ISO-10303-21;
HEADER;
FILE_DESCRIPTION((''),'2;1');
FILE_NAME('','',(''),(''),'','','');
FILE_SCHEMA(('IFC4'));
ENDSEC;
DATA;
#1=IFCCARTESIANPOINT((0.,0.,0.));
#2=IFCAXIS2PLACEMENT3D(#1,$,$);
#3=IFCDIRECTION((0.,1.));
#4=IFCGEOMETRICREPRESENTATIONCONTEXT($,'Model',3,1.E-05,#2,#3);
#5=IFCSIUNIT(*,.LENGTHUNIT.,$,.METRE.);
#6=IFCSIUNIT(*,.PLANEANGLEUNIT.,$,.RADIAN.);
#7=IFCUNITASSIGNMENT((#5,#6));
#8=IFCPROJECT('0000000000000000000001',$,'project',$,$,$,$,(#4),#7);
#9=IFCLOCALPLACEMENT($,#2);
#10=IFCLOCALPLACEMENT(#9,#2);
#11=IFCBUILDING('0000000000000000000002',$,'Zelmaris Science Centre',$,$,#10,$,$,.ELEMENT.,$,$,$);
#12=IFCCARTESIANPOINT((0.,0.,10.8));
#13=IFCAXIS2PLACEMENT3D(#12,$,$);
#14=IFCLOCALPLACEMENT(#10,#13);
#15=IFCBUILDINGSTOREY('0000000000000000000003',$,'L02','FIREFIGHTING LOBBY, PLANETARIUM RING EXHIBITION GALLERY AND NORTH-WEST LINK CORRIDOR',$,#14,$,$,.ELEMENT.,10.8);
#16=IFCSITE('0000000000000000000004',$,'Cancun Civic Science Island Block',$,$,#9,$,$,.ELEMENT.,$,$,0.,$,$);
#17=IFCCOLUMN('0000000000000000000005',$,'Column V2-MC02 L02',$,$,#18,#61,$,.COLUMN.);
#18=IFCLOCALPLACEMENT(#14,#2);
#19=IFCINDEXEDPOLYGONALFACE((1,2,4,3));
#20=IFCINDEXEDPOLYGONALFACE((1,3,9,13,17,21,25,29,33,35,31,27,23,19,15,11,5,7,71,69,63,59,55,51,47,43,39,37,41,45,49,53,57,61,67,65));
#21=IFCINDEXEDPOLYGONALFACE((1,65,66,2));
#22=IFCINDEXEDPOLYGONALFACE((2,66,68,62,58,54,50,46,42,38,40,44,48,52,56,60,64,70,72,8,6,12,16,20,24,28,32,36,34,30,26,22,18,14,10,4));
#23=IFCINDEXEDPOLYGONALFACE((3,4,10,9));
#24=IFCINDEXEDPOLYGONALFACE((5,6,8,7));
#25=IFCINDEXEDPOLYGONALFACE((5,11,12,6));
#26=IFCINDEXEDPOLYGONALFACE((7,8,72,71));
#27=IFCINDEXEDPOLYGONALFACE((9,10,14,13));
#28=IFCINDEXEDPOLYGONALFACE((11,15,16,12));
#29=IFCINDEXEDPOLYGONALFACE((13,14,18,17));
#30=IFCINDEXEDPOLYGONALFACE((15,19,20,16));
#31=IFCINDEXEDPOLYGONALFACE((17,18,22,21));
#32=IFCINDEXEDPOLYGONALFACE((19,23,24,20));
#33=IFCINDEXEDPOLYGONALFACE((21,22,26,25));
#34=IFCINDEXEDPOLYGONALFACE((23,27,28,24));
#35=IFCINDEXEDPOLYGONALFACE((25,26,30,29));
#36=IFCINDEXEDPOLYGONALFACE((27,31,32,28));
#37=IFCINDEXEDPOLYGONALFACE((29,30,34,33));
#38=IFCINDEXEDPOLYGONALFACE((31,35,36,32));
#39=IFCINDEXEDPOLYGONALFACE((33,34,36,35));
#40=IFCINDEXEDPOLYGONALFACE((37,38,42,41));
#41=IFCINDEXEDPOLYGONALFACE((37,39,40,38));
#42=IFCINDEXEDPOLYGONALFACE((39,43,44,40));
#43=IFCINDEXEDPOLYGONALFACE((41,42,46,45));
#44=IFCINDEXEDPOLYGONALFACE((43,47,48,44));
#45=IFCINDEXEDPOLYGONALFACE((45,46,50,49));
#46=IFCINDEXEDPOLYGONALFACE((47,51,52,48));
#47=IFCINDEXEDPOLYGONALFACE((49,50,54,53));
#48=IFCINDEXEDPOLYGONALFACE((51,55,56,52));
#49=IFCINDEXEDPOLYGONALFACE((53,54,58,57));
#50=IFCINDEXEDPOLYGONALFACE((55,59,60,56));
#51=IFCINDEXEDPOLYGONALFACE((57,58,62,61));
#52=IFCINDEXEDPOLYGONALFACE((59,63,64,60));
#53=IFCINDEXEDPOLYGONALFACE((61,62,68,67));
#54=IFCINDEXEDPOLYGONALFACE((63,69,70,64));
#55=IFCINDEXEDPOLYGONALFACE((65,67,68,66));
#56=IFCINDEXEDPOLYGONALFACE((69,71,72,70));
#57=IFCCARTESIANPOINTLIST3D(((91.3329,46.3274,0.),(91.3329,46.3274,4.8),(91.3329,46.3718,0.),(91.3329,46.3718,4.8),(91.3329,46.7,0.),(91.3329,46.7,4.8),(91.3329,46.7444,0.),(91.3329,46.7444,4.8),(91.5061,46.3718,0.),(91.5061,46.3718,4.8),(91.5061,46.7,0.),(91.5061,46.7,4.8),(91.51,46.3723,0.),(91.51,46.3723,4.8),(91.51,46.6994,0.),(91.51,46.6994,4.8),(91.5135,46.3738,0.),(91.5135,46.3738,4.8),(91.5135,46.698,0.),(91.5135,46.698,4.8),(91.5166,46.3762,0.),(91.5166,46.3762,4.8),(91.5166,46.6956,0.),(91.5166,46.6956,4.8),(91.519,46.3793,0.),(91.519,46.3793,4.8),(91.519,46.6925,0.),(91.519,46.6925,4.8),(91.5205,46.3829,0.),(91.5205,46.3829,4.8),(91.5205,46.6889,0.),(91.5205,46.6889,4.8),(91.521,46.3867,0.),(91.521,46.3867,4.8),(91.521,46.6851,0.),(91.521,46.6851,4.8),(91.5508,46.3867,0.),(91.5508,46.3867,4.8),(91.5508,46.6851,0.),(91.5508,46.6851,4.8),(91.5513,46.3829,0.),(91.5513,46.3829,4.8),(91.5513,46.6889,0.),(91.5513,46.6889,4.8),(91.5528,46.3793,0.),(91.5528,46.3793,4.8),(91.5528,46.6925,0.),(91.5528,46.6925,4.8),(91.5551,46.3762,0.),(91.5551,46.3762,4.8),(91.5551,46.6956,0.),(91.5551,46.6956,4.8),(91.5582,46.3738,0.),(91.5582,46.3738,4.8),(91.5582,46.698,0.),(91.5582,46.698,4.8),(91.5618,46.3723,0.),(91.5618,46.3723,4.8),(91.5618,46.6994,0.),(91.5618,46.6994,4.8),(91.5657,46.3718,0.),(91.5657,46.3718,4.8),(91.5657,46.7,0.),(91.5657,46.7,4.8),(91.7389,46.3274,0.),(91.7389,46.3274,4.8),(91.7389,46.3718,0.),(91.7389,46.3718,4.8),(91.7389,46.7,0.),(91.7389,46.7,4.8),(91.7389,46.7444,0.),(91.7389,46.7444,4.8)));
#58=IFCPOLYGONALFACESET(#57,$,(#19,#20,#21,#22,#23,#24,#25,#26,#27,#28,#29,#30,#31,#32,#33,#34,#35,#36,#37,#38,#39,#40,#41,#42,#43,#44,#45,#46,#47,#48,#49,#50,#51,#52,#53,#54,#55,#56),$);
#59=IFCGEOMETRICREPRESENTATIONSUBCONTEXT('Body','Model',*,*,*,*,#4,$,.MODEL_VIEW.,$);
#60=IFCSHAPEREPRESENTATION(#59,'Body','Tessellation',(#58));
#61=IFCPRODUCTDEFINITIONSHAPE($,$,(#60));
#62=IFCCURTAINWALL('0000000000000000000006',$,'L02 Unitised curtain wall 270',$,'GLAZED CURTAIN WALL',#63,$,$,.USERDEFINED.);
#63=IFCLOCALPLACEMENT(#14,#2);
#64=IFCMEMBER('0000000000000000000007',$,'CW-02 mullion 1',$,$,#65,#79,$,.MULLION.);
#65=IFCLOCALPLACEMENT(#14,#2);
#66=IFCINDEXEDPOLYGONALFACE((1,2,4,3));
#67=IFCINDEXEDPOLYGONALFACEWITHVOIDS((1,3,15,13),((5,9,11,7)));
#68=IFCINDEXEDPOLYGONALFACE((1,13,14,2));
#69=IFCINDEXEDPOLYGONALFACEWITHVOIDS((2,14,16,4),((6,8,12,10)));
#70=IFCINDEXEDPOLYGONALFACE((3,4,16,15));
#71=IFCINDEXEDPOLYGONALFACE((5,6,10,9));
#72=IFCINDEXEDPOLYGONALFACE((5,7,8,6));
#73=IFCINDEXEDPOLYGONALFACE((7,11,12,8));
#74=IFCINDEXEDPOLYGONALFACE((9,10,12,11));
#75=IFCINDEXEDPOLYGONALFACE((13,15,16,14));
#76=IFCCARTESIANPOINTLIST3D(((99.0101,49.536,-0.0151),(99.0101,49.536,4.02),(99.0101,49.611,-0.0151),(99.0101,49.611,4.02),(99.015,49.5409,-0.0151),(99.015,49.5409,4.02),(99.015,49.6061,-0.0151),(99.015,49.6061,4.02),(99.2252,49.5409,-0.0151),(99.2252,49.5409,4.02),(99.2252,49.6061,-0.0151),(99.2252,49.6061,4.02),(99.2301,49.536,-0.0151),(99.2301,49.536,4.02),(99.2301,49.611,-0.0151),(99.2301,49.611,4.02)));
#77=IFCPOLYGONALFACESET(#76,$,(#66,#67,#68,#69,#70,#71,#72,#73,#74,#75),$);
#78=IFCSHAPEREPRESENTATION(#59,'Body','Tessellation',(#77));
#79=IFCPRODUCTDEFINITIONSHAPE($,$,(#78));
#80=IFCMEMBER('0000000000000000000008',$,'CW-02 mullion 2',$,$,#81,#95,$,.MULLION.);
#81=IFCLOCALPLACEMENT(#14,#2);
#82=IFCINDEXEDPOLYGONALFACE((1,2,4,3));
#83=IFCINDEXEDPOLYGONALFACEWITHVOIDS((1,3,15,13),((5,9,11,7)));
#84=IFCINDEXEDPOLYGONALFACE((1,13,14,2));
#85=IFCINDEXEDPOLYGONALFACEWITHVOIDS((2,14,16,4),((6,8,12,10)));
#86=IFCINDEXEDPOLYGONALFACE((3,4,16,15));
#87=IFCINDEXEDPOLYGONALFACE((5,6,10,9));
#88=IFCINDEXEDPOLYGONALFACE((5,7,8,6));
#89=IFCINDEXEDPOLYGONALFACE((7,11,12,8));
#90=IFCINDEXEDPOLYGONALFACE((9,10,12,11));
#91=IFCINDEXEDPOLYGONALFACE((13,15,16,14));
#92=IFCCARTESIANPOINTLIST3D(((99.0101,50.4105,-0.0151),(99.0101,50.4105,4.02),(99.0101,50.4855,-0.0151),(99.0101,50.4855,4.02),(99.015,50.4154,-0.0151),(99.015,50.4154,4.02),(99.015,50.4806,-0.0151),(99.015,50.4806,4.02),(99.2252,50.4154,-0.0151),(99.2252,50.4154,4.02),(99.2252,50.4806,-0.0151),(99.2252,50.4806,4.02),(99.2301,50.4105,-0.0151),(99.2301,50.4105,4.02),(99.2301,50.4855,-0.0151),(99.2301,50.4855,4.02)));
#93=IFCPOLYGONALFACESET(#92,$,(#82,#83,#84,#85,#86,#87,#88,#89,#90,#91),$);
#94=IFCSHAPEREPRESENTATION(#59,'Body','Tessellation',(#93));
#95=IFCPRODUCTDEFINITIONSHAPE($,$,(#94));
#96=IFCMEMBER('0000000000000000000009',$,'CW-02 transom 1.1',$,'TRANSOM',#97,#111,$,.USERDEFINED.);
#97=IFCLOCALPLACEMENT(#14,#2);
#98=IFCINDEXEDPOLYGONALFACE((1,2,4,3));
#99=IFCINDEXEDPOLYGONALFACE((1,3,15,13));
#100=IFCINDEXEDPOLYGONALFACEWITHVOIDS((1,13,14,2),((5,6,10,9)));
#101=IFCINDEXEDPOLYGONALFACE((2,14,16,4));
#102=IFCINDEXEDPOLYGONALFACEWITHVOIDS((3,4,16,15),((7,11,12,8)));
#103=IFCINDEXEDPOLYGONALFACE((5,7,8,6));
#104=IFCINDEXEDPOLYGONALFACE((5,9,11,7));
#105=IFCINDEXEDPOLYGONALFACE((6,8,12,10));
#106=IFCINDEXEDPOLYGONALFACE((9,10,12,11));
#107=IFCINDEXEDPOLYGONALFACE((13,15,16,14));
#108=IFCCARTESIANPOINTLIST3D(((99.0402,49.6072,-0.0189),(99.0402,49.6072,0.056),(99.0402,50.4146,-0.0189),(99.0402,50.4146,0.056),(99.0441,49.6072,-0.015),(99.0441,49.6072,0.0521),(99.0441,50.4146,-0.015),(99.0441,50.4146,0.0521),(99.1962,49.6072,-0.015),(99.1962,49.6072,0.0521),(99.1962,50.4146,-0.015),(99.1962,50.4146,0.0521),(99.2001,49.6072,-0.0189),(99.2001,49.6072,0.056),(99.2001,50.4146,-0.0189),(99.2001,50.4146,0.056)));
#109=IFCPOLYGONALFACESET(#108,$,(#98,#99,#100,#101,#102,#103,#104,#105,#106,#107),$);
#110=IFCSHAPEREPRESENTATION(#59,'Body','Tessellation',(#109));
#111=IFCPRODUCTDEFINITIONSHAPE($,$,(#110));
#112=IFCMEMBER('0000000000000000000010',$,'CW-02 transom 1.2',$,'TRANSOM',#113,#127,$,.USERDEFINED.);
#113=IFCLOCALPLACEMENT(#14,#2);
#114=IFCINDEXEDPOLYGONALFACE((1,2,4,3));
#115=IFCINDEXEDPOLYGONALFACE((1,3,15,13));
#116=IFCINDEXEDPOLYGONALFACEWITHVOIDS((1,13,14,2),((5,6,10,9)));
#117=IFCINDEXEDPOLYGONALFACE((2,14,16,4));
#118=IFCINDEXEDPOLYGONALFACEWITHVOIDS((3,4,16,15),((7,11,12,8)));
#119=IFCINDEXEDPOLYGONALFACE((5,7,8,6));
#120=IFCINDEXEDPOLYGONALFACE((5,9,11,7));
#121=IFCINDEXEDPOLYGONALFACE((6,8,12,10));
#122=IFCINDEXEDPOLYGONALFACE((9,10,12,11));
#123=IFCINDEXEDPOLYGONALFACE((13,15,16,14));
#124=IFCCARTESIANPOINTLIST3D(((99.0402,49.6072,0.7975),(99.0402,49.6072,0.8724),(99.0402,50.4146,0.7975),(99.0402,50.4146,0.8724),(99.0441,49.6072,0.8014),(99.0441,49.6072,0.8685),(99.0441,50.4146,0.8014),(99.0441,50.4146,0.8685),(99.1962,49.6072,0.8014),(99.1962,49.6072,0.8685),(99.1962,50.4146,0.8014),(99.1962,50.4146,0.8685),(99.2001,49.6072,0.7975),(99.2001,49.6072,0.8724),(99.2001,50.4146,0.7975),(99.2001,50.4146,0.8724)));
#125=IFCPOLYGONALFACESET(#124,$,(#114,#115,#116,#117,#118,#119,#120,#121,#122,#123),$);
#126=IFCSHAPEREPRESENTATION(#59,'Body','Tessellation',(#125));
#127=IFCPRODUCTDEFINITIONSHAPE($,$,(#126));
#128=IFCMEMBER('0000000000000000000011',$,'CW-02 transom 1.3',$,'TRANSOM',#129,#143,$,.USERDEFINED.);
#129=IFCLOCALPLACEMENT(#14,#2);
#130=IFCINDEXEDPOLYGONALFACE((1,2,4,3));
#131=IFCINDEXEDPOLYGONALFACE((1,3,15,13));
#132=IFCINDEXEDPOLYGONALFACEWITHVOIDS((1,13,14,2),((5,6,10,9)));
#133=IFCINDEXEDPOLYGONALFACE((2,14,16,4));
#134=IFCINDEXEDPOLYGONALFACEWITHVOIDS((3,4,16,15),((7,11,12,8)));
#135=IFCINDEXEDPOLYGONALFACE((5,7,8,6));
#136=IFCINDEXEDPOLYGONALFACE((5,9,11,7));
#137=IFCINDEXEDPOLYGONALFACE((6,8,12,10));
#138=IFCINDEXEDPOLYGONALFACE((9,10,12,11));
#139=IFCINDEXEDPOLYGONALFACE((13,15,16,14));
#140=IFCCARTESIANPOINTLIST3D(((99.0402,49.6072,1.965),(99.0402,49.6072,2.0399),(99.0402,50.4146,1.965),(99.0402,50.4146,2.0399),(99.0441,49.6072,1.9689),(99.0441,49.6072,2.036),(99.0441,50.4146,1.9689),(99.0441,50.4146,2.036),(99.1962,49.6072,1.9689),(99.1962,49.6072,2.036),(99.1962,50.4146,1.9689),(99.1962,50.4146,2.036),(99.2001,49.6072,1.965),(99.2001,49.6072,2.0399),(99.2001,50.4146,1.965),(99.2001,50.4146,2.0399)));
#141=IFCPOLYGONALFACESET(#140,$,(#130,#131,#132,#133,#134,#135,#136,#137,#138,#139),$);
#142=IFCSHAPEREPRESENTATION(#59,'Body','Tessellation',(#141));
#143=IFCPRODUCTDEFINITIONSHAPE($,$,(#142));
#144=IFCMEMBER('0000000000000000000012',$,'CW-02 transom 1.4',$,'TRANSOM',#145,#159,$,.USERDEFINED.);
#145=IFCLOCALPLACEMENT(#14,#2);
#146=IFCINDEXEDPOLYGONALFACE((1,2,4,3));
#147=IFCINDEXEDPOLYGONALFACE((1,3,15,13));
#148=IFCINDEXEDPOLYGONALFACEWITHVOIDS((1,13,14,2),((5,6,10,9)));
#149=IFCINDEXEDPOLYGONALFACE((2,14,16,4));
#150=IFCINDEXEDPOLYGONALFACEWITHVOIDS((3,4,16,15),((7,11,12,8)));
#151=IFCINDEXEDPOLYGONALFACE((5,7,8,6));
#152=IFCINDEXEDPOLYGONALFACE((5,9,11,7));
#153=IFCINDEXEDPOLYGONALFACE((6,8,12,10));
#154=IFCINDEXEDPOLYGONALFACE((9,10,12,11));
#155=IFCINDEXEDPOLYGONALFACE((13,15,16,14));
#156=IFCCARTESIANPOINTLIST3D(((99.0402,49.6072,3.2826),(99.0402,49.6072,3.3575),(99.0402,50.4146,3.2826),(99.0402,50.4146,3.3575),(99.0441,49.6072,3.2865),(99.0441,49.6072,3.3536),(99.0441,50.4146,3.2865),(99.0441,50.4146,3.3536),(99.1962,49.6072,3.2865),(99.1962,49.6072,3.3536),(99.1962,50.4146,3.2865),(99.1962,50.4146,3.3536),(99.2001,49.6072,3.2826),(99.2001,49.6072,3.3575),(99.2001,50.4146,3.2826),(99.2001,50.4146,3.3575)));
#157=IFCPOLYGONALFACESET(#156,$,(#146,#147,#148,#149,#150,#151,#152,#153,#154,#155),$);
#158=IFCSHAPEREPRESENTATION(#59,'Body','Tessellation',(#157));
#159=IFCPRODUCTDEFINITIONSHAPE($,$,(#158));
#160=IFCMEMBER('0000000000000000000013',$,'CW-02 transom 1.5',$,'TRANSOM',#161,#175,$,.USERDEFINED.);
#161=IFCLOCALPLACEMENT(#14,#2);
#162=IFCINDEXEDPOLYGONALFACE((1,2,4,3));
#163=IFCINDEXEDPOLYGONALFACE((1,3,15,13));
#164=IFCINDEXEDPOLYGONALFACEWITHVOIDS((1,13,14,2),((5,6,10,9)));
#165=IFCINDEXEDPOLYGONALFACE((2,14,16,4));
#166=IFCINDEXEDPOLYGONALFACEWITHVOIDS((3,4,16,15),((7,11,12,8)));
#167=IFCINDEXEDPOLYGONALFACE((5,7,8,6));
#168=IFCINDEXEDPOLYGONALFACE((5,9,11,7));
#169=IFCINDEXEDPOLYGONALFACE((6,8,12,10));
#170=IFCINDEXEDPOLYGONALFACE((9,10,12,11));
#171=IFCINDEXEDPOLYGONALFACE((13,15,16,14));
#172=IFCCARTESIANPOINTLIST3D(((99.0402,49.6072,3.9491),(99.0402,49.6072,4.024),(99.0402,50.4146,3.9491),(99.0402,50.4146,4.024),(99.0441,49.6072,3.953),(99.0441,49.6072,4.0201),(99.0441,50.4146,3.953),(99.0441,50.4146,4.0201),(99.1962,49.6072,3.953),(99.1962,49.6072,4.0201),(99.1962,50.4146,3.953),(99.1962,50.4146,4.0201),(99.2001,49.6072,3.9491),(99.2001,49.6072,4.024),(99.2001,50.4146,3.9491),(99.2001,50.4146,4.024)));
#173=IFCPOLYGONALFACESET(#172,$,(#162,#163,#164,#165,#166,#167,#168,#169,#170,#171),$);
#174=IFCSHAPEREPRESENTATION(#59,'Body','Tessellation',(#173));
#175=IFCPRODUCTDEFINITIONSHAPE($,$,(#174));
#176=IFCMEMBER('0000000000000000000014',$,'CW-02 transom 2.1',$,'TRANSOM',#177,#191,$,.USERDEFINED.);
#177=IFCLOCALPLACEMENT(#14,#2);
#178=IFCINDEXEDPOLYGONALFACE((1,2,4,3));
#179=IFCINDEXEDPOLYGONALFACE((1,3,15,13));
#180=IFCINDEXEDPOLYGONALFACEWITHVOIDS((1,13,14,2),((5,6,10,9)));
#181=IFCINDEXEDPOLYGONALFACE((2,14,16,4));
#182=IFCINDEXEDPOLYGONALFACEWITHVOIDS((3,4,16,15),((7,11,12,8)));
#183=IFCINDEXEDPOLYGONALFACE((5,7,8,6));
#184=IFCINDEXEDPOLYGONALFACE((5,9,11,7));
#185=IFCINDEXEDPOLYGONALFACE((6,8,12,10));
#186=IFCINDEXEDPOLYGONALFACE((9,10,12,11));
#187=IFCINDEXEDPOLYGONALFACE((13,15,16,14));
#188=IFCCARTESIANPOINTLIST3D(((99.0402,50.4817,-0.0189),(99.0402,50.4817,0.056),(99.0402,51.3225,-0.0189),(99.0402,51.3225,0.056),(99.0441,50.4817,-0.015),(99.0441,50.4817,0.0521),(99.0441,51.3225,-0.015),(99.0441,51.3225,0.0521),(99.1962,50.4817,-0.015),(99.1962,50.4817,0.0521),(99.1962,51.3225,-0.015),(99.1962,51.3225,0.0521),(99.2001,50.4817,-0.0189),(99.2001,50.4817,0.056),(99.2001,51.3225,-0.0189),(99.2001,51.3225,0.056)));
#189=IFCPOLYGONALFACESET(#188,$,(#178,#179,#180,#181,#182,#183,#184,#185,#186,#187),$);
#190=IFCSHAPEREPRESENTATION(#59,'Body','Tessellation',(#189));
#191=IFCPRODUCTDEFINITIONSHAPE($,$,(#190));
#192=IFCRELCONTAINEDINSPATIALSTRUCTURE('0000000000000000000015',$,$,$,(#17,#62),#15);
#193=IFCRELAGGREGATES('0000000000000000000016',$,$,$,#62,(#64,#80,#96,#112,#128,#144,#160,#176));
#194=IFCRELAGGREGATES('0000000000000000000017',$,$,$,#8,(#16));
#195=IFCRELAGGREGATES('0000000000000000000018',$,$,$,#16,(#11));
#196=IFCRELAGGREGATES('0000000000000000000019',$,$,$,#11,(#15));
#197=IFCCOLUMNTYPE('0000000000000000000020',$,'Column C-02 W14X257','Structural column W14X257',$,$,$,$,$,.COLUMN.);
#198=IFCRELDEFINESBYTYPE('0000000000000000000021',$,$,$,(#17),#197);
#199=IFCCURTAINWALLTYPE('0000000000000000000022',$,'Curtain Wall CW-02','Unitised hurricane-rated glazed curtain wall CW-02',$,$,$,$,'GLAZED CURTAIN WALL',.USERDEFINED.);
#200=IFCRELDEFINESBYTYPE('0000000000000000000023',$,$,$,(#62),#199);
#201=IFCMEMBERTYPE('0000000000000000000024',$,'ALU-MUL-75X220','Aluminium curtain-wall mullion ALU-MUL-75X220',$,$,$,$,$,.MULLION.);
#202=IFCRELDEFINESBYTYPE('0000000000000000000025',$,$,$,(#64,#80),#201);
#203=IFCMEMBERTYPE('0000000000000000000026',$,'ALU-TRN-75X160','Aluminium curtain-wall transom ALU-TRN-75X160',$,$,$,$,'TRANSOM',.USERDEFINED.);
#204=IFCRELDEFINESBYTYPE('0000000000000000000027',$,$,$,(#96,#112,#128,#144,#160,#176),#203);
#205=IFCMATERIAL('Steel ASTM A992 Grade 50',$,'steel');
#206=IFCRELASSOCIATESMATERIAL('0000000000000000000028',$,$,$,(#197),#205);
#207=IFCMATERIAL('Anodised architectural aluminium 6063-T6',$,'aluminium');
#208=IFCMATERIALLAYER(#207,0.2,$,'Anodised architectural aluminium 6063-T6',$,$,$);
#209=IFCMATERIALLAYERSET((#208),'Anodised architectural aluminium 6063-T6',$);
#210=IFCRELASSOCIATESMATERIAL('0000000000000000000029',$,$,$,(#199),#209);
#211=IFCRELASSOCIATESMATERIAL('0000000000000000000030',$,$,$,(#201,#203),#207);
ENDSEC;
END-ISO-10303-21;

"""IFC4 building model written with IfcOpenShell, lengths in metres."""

from ifc_helpers import new_model, si_unit, direction, frame, origin, origin_2d, place, context, subcontext, project, spatial, hollow_rectangle, i_section, extrude, material, layer, layer_set, material_profile, profile_set, type_object, element, aggregate, save


model = new_model("IFC4")

# Units and contexts
model_context = context("Model", 3, precision=1e-05, world=origin(), true_north=direction((0.0, 1.0)))
body_context = subcontext(model_context, "Body", "Model", "MODEL_VIEW")
ifc_project = project(units=[si_unit("LENGTHUNIT", "METRE"), si_unit("PLANEANGLEUNIT", "RADIAN")], contexts=[model_context])

# Site, building, storey
site_placement = place(None, origin())
site = spatial("IfcSite", under=ifc_project, at=site_placement, Name="Cancun Civic Science Island Block", CompositionType="ELEMENT", RefElevation=0.0)
building_placement = place(site_placement, origin())
building = spatial("IfcBuilding", under=site, at=building_placement, Name="Zelmaris Science Centre", CompositionType="ELEMENT")
storey_placement = place(building_placement, frame((0.0, 0.0, 10.8)))
storey = spatial("IfcBuildingStorey", under=building, at=storey_placement, Name="L02", Description="FIREFIGHTING LOBBY, PLANETARIUM RING EXHIBITION GALLERY AND NORTH-WEST LINK CORRIDOR", CompositionType="ELEMENT", Elevation=10.8)

# Column
ifc_material_1 = material(Name="Steel ASTM A992 Grade 50", Category="steel")
ifc_material_profile_1 = material_profile(ifc_material_1, i_section(OverallWidth=0.406, OverallDepth=0.417, WebThickness=0.0298, FlangeThickness=0.0444, FilletRadius=0.0149, at=origin_2d()), Name="W14X257")
ifc_profile_set_1 = profile_set([ifc_material_profile_1], Name="Steel ASTM A992 Grade 50")
column_type = type_object("IfcColumnType", Name="Column C-02 W14X257", Description="Structural column W14X257", PredefinedType="COLUMN", material=ifc_profile_set_1)
column_placement = place(storey_placement, frame((91.5359, 46.5359, 0.0), z_axis=(0.0, 0.0, 1.0), x_axis=(1.0, 0.0, 0.0)))
element("IfcColumn", 1, at=column_placement, inside=storey, type_object=column_type, Name="Column V2-MC02 L02", PredefinedType="COLUMN", context=body_context, shape_type="SweptSolid", body=[
    extrude(i_section(OverallWidth=0.406, OverallDepth=0.417, WebThickness=0.0298, FlangeThickness=0.0444, FilletRadius=0.0149, at=origin_2d()), origin(), (0.0, 0.0, 1.0), 4.8),
])

# Curtain wall, members
ifc_material_2 = material(Name="Anodised architectural aluminium 6063-T6", Category="aluminium")
ifc_layer_1 = layer(ifc_material_2, 0.2, Name="Anodised architectural aluminium 6063-T6")
ifc_layer_set_1 = layer_set([ifc_layer_1], Name="Anodised architectural aluminium 6063-T6")
curtain_wall_type = type_object("IfcCurtainWallType", Name="Curtain Wall CW-02", Description="Unitised hurricane-rated glazed curtain wall CW-02", ElementType="GLAZED CURTAIN WALL", PredefinedType="USERDEFINED", material=ifc_layer_set_1)
curtain_wall_placement = place(storey_placement, origin())
curtain_wall = element("IfcCurtainWall", 2, at=curtain_wall_placement, inside=storey, type_object=curtain_wall_type, Name="L02 Unitised curtain wall 270", ObjectType="GLAZED CURTAIN WALL", PredefinedType="USERDEFINED")
ifc_material_profile_2 = material_profile(ifc_material_2, hollow_rectangle(XDim=0.075, YDim=0.22, WallThickness=0.0049, at=origin_2d()), Name="ALU-MUL-75X220")
ifc_profile_set_2 = profile_set([ifc_material_profile_2], Name="Anodised architectural aluminium 6063-T6")
member_type_1 = type_object("IfcMemberType", Name="ALU-MUL-75X220", Description="Aluminium curtain-wall mullion ALU-MUL-75X220", PredefinedType="MULLION", material=ifc_profile_set_2)
member_1_placement = place(storey_placement, frame((99.1201, 49.5735, -0.0151), z_axis=(0.0, 0.0, 1.0), x_axis=(-0.000005, 1.0, 0.0)))
member_1 = element("IfcMember", 3, at=member_1_placement, type_object=member_type_1, Name="CW-02 mullion 1", PredefinedType="MULLION", context=body_context, shape_type="SweptSolid", body=[
    extrude(hollow_rectangle(XDim=0.075, YDim=0.22, WallThickness=0.0049, at=origin_2d()), origin(), (0.0, 0.0, 1.0), 4.0352),
])
member_2_placement = place(storey_placement, frame((99.1201, 50.448, -0.0151), z_axis=(0.0, 0.0, 1.0), x_axis=(-0.000005, 1.0, 0.0)))
member_2 = element("IfcMember", 4, at=member_2_placement, type_object=member_type_1, Name="CW-02 mullion 2", PredefinedType="MULLION", context=body_context, shape_type="SweptSolid", body=[
    extrude(hollow_rectangle(XDim=0.075, YDim=0.22, WallThickness=0.0049, at=origin_2d()), origin(), (0.0, 0.0, 1.0), 4.0352),
])
ifc_material_profile_3 = material_profile(ifc_material_2, hollow_rectangle(XDim=0.075, YDim=0.1599, WallThickness=0.0039, at=origin_2d()), Name="ALU-TRN-75X160")
ifc_profile_set_3 = profile_set([ifc_material_profile_3], Name="Anodised architectural aluminium 6063-T6")
member_type_2 = type_object("IfcMemberType", Name="ALU-TRN-75X160", Description="Aluminium curtain-wall transom ALU-TRN-75X160", ElementType="TRANSOM", PredefinedType="USERDEFINED", material=ifc_profile_set_3)
member_3_placement = place(storey_placement, frame((99.1201, 49.6072, 0.0186), z_axis=(0.0, 1.0, 0.0), x_axis=(0.0, 0.0, 1.0)))
member_3 = element("IfcMember", 5, at=member_3_placement, type_object=member_type_2, Name="CW-02 transom 1.1", ObjectType="TRANSOM", PredefinedType="USERDEFINED", context=body_context, shape_type="SweptSolid", body=[
    extrude(hollow_rectangle(XDim=0.075, YDim=0.1599, WallThickness=0.0039, at=origin_2d()), origin(), (0.0, 0.0, 1.0), 0.8074),
])
member_4_placement = place(storey_placement, frame((99.1201, 49.6072, 0.835), z_axis=(0.0, 1.0, 0.0), x_axis=(0.0, 0.0, 1.0)))
member_4 = element("IfcMember", 6, at=member_4_placement, type_object=member_type_2, Name="CW-02 transom 1.2", ObjectType="TRANSOM", PredefinedType="USERDEFINED", context=body_context, shape_type="SweptSolid", body=[
    extrude(hollow_rectangle(XDim=0.075, YDim=0.1599, WallThickness=0.0039, at=origin_2d()), origin(), (0.0, 0.0, 1.0), 0.8074),
])
member_5_placement = place(storey_placement, frame((99.1201, 49.6072, 2.0024), z_axis=(0.0, 1.0, 0.0), x_axis=(0.0, 0.0, 1.0)))
member_5 = element("IfcMember", 7, at=member_5_placement, type_object=member_type_2, Name="CW-02 transom 1.3", ObjectType="TRANSOM", PredefinedType="USERDEFINED", context=body_context, shape_type="SweptSolid", body=[
    extrude(hollow_rectangle(XDim=0.075, YDim=0.1599, WallThickness=0.0039, at=origin_2d()), origin(), (0.0, 0.0, 1.0), 0.8074),
])
member_6_placement = place(storey_placement, frame((99.1201, 49.6072, 3.3201), z_axis=(0.0, 1.0, 0.0), x_axis=(0.0, 0.0, 1.0)))
member_6 = element("IfcMember", 8, at=member_6_placement, type_object=member_type_2, Name="CW-02 transom 1.4", ObjectType="TRANSOM", PredefinedType="USERDEFINED", context=body_context, shape_type="SweptSolid", body=[
    extrude(hollow_rectangle(XDim=0.075, YDim=0.1599, WallThickness=0.0039, at=origin_2d()), origin(), (0.0, 0.0, 1.0), 0.8074),
])
member_7_placement = place(storey_placement, frame((99.1201, 49.6072, 3.9866), z_axis=(0.0, 1.0, 0.0), x_axis=(0.0, 0.0, 1.0)))
member_7 = element("IfcMember", 9, at=member_7_placement, type_object=member_type_2, Name="CW-02 transom 1.5", ObjectType="TRANSOM", PredefinedType="USERDEFINED", context=body_context, shape_type="SweptSolid", body=[
    extrude(hollow_rectangle(XDim=0.075, YDim=0.1599, WallThickness=0.0039, at=origin_2d()), origin(), (0.0, 0.0, 1.0), 0.8074),
])
member_8_placement = place(storey_placement, frame((99.1201, 50.4817, 0.0186), z_axis=(0.0, 1.0, 0.0), x_axis=(0.0, 0.0, 1.0)))
member_8 = element("IfcMember", 10, at=member_8_placement, type_object=member_type_2, Name="CW-02 transom 2.1", ObjectType="TRANSOM", PredefinedType="USERDEFINED", context=body_context, shape_type="SweptSolid", body=[
    extrude(hollow_rectangle(XDim=0.075, YDim=0.1599, WallThickness=0.0039, at=origin_2d()), origin(), (0.0, 0.0, 1.0), 0.8408),
])

aggregate(curtain_wall, [member_1, member_2, member_3, member_4, member_5, member_6, member_7, member_8])

save(model, "model.ifc")
